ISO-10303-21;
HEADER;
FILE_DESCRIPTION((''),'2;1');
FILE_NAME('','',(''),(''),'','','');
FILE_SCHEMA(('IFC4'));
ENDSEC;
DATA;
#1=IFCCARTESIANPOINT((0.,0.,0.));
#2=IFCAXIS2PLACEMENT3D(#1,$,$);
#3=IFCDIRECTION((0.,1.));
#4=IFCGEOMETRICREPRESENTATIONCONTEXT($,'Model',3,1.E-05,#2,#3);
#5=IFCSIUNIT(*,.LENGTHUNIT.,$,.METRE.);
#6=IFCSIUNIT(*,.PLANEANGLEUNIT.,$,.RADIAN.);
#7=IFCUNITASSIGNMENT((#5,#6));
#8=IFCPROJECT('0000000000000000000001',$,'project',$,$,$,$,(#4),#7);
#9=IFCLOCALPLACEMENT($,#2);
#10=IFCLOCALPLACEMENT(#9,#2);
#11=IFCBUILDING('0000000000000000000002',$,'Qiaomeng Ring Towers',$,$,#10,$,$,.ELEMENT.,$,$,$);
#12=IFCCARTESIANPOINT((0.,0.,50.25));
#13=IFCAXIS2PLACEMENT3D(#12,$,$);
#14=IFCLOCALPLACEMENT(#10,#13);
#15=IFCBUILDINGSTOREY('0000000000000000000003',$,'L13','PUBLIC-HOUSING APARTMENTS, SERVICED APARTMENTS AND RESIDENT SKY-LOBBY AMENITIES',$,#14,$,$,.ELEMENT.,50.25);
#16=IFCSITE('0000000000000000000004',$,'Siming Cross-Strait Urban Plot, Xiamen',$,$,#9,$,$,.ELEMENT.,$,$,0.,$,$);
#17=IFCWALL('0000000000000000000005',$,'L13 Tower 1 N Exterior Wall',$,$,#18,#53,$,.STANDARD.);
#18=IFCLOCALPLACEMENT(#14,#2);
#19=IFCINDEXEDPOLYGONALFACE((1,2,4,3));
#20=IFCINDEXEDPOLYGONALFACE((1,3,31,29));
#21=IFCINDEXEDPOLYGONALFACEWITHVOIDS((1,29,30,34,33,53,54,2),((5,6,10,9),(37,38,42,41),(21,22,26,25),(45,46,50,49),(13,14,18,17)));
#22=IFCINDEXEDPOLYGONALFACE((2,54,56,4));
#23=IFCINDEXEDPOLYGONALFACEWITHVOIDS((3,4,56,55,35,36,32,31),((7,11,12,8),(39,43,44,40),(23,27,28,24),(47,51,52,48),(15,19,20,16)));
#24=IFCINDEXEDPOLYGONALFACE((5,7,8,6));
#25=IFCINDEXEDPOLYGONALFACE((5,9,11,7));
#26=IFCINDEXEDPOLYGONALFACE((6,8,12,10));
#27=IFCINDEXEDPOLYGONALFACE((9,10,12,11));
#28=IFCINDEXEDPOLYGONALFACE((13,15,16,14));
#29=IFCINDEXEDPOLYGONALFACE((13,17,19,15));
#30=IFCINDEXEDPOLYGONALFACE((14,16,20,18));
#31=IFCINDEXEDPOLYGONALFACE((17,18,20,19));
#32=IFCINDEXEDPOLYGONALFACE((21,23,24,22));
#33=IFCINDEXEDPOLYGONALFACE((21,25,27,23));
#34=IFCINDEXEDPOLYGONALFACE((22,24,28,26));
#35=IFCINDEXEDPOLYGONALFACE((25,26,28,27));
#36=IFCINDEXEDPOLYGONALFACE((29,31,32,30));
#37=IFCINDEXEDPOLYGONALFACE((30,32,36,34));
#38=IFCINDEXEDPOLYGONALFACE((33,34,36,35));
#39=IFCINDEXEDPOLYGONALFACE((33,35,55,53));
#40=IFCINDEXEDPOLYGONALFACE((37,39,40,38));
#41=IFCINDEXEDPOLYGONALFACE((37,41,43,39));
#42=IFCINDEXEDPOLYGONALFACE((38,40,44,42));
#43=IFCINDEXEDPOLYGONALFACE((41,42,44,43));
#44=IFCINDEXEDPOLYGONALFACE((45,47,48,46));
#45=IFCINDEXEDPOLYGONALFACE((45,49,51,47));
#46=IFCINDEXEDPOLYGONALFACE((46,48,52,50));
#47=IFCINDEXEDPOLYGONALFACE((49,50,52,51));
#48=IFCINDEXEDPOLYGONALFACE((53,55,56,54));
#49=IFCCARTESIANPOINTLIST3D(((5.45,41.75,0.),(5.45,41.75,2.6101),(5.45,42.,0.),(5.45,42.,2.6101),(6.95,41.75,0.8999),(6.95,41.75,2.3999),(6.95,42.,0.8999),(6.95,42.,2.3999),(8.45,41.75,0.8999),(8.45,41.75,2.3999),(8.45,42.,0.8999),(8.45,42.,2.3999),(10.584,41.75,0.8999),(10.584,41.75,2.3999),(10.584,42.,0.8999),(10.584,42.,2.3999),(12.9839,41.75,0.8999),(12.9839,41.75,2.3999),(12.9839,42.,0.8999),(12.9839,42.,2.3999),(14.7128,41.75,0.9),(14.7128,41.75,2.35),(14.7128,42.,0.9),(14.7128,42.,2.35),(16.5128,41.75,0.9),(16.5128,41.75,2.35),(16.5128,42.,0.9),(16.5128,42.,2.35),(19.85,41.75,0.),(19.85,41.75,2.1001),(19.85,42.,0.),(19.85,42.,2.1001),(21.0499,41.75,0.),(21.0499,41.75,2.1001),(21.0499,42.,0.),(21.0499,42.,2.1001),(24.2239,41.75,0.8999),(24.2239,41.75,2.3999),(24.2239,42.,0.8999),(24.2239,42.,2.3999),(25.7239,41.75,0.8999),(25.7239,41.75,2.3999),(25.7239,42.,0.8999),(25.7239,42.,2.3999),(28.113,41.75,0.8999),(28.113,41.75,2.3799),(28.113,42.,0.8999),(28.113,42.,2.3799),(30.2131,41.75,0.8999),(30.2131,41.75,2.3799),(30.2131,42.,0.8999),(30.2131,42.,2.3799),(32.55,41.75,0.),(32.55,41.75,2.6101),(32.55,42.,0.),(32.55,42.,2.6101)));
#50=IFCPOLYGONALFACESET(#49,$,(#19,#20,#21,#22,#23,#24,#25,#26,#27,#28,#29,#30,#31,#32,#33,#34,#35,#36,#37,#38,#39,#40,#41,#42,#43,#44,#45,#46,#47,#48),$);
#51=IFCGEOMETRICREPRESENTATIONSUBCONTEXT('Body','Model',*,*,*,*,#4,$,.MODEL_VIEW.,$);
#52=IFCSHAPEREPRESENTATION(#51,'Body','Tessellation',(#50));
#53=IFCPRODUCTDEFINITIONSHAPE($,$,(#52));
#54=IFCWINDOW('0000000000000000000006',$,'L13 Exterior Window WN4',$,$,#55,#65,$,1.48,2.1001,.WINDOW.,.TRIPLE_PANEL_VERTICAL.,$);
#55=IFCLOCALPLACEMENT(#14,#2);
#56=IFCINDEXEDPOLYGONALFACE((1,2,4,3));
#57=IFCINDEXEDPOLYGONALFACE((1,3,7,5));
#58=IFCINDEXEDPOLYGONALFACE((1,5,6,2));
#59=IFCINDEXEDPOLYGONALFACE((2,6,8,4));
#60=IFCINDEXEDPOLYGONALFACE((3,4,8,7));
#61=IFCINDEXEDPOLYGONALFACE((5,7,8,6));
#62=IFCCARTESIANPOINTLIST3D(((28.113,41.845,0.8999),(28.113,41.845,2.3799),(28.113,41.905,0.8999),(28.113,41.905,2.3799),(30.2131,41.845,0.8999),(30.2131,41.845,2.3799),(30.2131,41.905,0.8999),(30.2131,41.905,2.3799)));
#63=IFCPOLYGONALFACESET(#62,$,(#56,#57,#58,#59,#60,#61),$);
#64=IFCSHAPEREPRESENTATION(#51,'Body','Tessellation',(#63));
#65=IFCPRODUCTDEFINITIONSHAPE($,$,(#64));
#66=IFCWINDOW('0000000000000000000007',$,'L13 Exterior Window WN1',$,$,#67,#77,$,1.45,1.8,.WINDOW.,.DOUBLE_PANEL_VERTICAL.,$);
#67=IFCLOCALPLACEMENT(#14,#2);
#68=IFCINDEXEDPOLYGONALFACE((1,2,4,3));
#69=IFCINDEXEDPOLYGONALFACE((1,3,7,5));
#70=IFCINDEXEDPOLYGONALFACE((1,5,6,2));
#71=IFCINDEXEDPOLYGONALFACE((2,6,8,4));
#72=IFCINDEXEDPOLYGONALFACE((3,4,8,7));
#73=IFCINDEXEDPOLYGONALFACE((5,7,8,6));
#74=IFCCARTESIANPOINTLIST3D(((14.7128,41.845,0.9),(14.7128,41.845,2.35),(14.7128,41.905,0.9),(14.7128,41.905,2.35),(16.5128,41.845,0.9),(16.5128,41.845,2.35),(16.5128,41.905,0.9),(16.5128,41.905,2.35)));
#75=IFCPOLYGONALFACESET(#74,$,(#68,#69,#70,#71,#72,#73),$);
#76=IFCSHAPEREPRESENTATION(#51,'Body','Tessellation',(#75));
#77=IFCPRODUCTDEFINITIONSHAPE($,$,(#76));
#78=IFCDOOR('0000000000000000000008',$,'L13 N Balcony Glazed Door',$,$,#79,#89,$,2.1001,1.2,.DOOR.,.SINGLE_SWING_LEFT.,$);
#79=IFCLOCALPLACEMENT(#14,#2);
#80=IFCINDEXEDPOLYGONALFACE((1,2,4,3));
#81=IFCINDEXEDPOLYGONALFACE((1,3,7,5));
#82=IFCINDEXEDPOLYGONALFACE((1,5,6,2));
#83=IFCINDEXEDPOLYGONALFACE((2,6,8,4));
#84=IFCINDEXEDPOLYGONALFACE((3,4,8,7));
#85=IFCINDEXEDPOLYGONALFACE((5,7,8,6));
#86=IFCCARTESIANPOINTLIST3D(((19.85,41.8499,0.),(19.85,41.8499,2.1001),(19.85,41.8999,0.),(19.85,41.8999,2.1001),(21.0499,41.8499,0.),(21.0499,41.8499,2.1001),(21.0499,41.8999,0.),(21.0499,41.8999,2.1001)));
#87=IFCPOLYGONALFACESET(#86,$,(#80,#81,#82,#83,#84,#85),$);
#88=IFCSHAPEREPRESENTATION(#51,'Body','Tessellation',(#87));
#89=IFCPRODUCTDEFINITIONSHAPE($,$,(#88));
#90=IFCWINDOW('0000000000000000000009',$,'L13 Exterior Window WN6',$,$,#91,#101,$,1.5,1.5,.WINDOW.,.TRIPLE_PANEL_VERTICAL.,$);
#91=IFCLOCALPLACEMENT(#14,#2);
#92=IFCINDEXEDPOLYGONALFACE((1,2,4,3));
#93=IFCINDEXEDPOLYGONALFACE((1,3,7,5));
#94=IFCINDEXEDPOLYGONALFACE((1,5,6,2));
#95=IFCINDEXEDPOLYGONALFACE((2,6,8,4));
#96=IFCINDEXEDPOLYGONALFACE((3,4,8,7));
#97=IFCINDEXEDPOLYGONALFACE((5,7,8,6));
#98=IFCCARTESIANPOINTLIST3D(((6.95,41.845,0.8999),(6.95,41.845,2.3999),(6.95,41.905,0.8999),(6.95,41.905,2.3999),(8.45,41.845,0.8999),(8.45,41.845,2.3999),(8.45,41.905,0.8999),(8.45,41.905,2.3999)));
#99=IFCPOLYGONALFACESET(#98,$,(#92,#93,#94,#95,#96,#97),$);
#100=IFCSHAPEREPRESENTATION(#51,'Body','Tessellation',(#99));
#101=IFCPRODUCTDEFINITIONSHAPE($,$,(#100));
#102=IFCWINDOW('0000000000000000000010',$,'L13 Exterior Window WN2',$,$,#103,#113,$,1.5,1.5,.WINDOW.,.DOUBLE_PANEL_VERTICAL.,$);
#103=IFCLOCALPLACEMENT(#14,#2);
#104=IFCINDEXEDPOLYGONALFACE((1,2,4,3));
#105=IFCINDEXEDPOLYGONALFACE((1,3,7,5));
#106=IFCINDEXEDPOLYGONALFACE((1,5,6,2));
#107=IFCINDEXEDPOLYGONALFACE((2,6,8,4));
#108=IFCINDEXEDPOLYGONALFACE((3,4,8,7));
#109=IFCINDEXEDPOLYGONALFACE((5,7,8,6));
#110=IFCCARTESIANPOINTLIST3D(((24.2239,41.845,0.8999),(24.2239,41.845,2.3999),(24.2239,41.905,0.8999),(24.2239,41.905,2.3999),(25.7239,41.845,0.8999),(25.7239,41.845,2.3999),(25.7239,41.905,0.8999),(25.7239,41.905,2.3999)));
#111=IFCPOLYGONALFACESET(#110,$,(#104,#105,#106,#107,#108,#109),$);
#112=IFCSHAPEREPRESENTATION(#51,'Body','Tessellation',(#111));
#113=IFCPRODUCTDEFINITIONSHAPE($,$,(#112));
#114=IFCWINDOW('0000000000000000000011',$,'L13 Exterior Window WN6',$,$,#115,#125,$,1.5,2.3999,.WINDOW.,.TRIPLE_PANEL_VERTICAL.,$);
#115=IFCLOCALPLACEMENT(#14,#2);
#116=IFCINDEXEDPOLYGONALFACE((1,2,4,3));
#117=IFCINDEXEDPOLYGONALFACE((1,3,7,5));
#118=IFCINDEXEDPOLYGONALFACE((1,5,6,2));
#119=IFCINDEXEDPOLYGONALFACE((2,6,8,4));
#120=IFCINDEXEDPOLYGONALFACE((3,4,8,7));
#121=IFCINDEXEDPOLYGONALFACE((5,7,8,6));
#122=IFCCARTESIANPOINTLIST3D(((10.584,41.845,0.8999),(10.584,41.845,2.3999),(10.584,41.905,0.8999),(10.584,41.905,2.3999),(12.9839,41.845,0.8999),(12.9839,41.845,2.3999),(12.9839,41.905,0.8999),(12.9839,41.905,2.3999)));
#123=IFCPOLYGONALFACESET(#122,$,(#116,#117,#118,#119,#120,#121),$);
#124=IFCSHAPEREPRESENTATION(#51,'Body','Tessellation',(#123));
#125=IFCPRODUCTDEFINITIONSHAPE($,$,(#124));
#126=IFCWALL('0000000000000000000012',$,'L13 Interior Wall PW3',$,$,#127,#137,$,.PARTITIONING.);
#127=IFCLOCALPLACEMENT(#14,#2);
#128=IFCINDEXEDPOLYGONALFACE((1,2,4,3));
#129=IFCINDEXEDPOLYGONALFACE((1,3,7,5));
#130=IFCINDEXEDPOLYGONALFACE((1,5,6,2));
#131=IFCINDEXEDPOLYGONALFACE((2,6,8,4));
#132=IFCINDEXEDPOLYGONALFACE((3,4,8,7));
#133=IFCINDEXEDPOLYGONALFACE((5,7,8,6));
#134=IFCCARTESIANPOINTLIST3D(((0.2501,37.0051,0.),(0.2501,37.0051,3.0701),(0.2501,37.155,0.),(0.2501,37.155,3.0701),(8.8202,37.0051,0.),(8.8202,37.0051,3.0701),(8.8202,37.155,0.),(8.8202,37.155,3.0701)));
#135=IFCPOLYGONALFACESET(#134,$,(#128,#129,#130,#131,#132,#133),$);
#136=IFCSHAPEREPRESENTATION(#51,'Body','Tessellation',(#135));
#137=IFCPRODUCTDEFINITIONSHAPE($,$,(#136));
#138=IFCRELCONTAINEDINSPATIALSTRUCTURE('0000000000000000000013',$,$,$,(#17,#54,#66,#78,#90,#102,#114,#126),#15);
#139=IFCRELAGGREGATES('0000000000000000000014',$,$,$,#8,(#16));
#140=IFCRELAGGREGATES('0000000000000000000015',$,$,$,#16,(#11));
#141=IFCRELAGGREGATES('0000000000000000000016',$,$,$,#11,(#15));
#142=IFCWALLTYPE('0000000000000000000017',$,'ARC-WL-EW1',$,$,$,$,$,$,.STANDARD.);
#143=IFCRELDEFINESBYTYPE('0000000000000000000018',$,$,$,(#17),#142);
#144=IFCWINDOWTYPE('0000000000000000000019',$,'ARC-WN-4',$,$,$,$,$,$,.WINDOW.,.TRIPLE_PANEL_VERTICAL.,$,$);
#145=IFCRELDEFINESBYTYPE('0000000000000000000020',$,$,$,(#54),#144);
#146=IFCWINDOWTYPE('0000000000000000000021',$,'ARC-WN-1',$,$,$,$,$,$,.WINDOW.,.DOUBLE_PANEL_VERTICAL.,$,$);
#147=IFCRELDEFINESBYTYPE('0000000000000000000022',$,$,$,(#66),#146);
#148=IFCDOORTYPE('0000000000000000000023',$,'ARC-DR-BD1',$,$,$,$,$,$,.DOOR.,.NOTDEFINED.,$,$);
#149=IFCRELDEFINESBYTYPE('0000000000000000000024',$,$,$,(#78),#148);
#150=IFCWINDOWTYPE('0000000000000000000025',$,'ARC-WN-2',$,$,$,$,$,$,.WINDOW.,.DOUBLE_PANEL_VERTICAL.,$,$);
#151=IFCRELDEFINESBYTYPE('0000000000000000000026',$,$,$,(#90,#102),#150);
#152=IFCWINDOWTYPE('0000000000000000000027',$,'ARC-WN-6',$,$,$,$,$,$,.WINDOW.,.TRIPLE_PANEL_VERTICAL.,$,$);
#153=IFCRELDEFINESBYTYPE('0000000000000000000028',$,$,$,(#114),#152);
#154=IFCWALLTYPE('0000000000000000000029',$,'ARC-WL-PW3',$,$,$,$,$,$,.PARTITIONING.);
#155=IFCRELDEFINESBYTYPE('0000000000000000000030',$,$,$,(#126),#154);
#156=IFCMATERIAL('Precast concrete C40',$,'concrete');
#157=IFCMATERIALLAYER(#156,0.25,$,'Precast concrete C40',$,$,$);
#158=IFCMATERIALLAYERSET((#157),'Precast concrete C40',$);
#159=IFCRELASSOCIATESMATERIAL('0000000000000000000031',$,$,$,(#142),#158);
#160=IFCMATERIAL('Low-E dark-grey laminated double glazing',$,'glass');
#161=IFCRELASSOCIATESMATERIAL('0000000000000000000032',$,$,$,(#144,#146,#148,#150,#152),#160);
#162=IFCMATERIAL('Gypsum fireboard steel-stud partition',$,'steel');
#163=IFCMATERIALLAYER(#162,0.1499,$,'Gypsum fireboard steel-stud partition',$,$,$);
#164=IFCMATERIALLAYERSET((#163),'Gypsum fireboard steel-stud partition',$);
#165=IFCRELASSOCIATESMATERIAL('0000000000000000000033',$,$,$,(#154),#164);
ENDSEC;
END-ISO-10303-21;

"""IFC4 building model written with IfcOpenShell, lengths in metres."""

from ifc_helpers import new_model, si_unit, direction, frame, frame_2d, origin, place, context, subcontext, project, spatial, rectangle, extrude, source, transform, mapped, material, layer, layer_set, type_object, element, fill, save


model = new_model("IFC4")

# Units and contexts
model_context = context("Model", 3, precision=1e-05, world=origin(), true_north=direction((0.0, 1.0)))
body_context = subcontext(model_context, "Body", "Model", "MODEL_VIEW")
ifc_project = project(units=[si_unit("LENGTHUNIT", "METRE"), si_unit("PLANEANGLEUNIT", "RADIAN")], contexts=[model_context])

# Site, building, storey
site_placement = place(None, origin())
site = spatial("IfcSite", under=ifc_project, at=site_placement, Name="Siming Cross-Strait Urban Plot, Xiamen", CompositionType="ELEMENT", RefElevation=0.0)
building_placement = place(site_placement, origin())
building = spatial("IfcBuilding", under=site, at=building_placement, Name="Qiaomeng Ring Towers", CompositionType="ELEMENT")
storey_placement = place(building_placement, frame((0.0, 0.0, 50.25)))
storey = spatial("IfcBuildingStorey", under=building, at=storey_placement, Name="L13", Description="PUBLIC-HOUSING APARTMENTS, SERVICED APARTMENTS AND RESIDENT SKY-LOBBY AMENITIES", CompositionType="ELEMENT", Elevation=50.25)

# Shared definitions
ifc_material_1 = material(Name="Low-E dark-grey laminated double glazing", Category="glass")

# Wall, openings, windows, door
ifc_material_2 = material(Name="Precast concrete C40", Category="concrete")
ifc_layer_1 = layer(ifc_material_2, 0.25, Name="Precast concrete C40")
ifc_layer_set_1 = layer_set([ifc_layer_1], Name="Precast concrete C40")
wall_type_1 = type_object("IfcWallType", Name="ARC-WL-EW1", PredefinedType="STANDARD", material=ifc_layer_set_1)
wall_1_placement = place(storey_placement, frame((5.45, 41.875, 0.0), z_axis=(0.0, 0.0, 1.0), x_axis=(1.0, 0.0, 0.0)))
wall_1 = element("IfcWall", 1, at=wall_1_placement, inside=storey, type_object=wall_type_1, Name="L13 Tower 1 N Exterior Wall", PredefinedType="STANDARD", context=body_context, shape_type="SweptSolid", body=[
    extrude(rectangle(XDim=27.1001, YDim=0.25, at=frame_2d((13.55, 0.0))), origin(), (0.0, 0.0, 1.0), 2.6101),
])
opening_1_placement = place(wall_1_placement, frame((14.3999, 0.0, 0.0)))
opening_1 = element("IfcOpeningElement", 2, at=opening_1_placement, cuts=wall_1, PredefinedType="OPENING", context=body_context, shape_type="SweptSolid", body=[
    extrude(rectangle(XDim=1.2, YDim=2.1001, at=frame_2d((0.6001, 1.05))), frame((0.0, 0.135, 0.0), z_axis=(0.0, -1.0, 0.0), x_axis=(1.0, 0.0, 0.0)), (0.0, 0.0, 1.0), 0.27),
])
opening_2_placement = place(wall_1_placement, frame((1.5, 0.0, 0.8999)))
opening_2 = element("IfcOpeningElement", 3, at=opening_2_placement, cuts=wall_1, PredefinedType="OPENING", context=body_context, shape_type="SweptSolid", body=[
    extrude(rectangle(XDim=1.5, YDim=1.5, at=frame_2d((0.75, 0.75))), frame((0.0, 0.135, 0.0), z_axis=(0.0, -1.0, 0.0), x_axis=(1.0, 0.0, 0.0)), (0.0, 0.0, 1.0), 0.27),
])
opening_3_placement = place(wall_1_placement, frame((9.2629, 0.0, 0.8999)))
opening_3 = element("IfcOpeningElement", 4, at=opening_3_placement, cuts=wall_1, PredefinedType="OPENING", context=body_context, shape_type="SweptSolid", body=[
    extrude(rectangle(XDim=1.8, YDim=1.45, at=frame_2d((0.8999, 0.7251))), frame((0.0, 0.135, 0.0), z_axis=(0.0, -1.0, 0.0), x_axis=(1.0, 0.0, 0.0)), (0.0, 0.0, 1.0), 0.27),
])
opening_4_placement = place(wall_1_placement, frame((18.7739, 0.0, 0.8999)))
opening_4 = element("IfcOpeningElement", 5, at=opening_4_placement, cuts=wall_1, PredefinedType="OPENING", context=body_context, shape_type="SweptSolid", body=[
    extrude(rectangle(XDim=1.5, YDim=1.5, at=frame_2d((0.75, 0.75))), frame((0.0, 0.135, 0.0), z_axis=(0.0, -1.0, 0.0), x_axis=(1.0, 0.0, 0.0)), (0.0, 0.0, 1.0), 0.27),
])
opening_5_placement = place(wall_1_placement, frame((22.6631, 0.0, 0.8999)))
opening_5 = element("IfcOpeningElement", 6, at=opening_5_placement, cuts=wall_1, PredefinedType="OPENING", context=body_context, shape_type="SweptSolid", body=[
    extrude(rectangle(XDim=2.1001, YDim=1.48, at=frame_2d((1.05, 0.74))), frame((0.0, 0.135, 0.0), z_axis=(0.0, -1.0, 0.0), x_axis=(1.0, 0.0, 0.0)), (0.0, 0.0, 1.0), 0.27),
])
opening_6_placement = place(wall_1_placement, frame((5.134, 0.0, 0.8999)))
opening_6 = element("IfcOpeningElement", 7, at=opening_6_placement, cuts=wall_1, PredefinedType="OPENING", context=body_context, shape_type="SweptSolid", body=[
    extrude(rectangle(XDim=2.3999, YDim=1.5, at=frame_2d((1.2, 0.75))), frame((0.0, 0.135, 0.0), z_axis=(0.0, -1.0, 0.0), x_axis=(1.0, 0.0, 0.0)), (0.0, 0.0, 1.0), 0.27),
])
window_type_1 = type_object("IfcWindowType", Name="ARC-WN-4", PartitioningType="TRIPLE_PANEL_VERTICAL", PredefinedType="WINDOW", material=ifc_material_1)
shared_shape_1 = source(origin(), body_context, "Body", "SweptSolid", [
    extrude(rectangle(XDim=2.1001, YDim=1.48, at=frame_2d((1.05, 0.74))), frame((0.0, 0.03, 0.0), z_axis=(0.0, -1.0, 0.0), x_axis=(1.0, 0.0, 0.0)), (0.0, 0.0, 1.0), 0.0601),
])
window_1_placement = place(opening_5_placement, origin())
window_1 = element("IfcWindow", 8, at=window_1_placement, inside=storey, type_object=window_type_1, Name="L13 Exterior Window WN4", OverallHeight=1.48, OverallWidth=2.1001, PartitioningType="TRIPLE_PANEL_VERTICAL", PredefinedType="WINDOW", context=body_context, shape_type="MappedRepresentation", body=[
    mapped(shared_shape_1, transform((0.0, 0.0, 0.0), x_axis=(1.0, 0.0, 0.0), y_axis=(0.0, 1.0, 0.0), z_axis=(0.0, 0.0, 1.0), scale=1.0)),
])
fill(opening_5, window_1)
window_type_2 = type_object("IfcWindowType", Name="ARC-WN-1", PartitioningType="DOUBLE_PANEL_VERTICAL", PredefinedType="WINDOW", material=ifc_material_1)
shared_shape_2 = source(origin(), body_context, "Body", "SweptSolid", [
    extrude(rectangle(XDim=1.8, YDim=1.45, at=frame_2d((0.8999, 0.7251))), frame((0.0, 0.03, 0.0), z_axis=(0.0, -1.0, 0.0), x_axis=(1.0, 0.0, 0.0)), (0.0, 0.0, 1.0), 0.0601),
])
window_2_placement = place(opening_3_placement, origin())
window_2 = element("IfcWindow", 9, at=window_2_placement, inside=storey, type_object=window_type_2, Name="L13 Exterior Window WN1", OverallHeight=1.45, OverallWidth=1.8, PartitioningType="DOUBLE_PANEL_VERTICAL", PredefinedType="WINDOW", context=body_context, shape_type="MappedRepresentation", body=[
    mapped(shared_shape_2, transform((0.0, 0.0, 0.0), x_axis=(1.0, 0.0, 0.0), y_axis=(0.0, 1.0, 0.0), z_axis=(0.0, 0.0, 1.0), scale=1.0)),
])
fill(opening_3, window_2)
door_type_1 = type_object("IfcDoorType", Name="ARC-DR-BD1", OperationType="NOTDEFINED", PredefinedType="DOOR", material=ifc_material_1)
shared_shape_3 = source(origin(), body_context, "Body", "SweptSolid", [
    extrude(rectangle(XDim=1.2, YDim=2.1001, at=frame_2d((0.6001, 1.05))), frame((0.0, 0.0249, 0.0), z_axis=(0.0, -1.0, 0.0), x_axis=(1.0, 0.0, 0.0)), (0.0, 0.0, 1.0), 0.05),
])
door_1_placement = place(opening_1_placement, origin())
door_1 = element("IfcDoor", 10, at=door_1_placement, inside=storey, type_object=door_type_1, Name="L13 N Balcony Glazed Door", OperationType="SINGLE_SWING_LEFT", OverallHeight=2.1001, OverallWidth=1.2, PredefinedType="DOOR", context=body_context, shape_type="MappedRepresentation", body=[
    mapped(shared_shape_3, transform((0.0, 0.0, 0.0), x_axis=(1.0, 0.0, 0.0), y_axis=(0.0, 1.0, 0.0), z_axis=(0.0, 0.0, 1.0), scale=1.0)),
])
fill(opening_1, door_1)
window_type_3 = type_object("IfcWindowType", Name="ARC-WN-2", PartitioningType="DOUBLE_PANEL_VERTICAL", PredefinedType="WINDOW", material=ifc_material_1)
shared_shape_4 = source(origin(), body_context, "Body", "SweptSolid", [
    extrude(rectangle(XDim=1.5, YDim=1.5, at=frame_2d((0.75, 0.75))), frame((0.0, 0.03, 0.0), z_axis=(0.0, -1.0, 0.0), x_axis=(1.0, 0.0, 0.0)), (0.0, 0.0, 1.0), 0.0601),
])
window_3_placement = place(opening_2_placement, origin())
window_3 = element("IfcWindow", 11, at=window_3_placement, inside=storey, type_object=window_type_3, Name="L13 Exterior Window WN6", OverallHeight=1.5, OverallWidth=1.5, PartitioningType="TRIPLE_PANEL_VERTICAL", PredefinedType="WINDOW", context=body_context, shape_type="MappedRepresentation", body=[
    mapped(shared_shape_4, transform((0.0, 0.0, 0.0), x_axis=(1.0, 0.0, 0.0), y_axis=(0.0, 1.0, 0.0), z_axis=(0.0, 0.0, 1.0), scale=1.0)),
])
fill(opening_2, window_3)
window_4_placement = place(opening_4_placement, origin())
window_4 = element("IfcWindow", 12, at=window_4_placement, inside=storey, type_object=window_type_3, Name="L13 Exterior Window WN2", OverallHeight=1.5, OverallWidth=1.5, PartitioningType="DOUBLE_PANEL_VERTICAL", PredefinedType="WINDOW", context=body_context, shape_type="MappedRepresentation", body=[
    mapped(shared_shape_4, transform((0.0, 0.0, 0.0), x_axis=(1.0, 0.0, 0.0), y_axis=(0.0, 1.0, 0.0), z_axis=(0.0, 0.0, 1.0), scale=1.0)),
])
fill(opening_4, window_4)
window_type_4 = type_object("IfcWindowType", Name="ARC-WN-6", PartitioningType="TRIPLE_PANEL_VERTICAL", PredefinedType="WINDOW", material=ifc_material_1)
shared_shape_5 = source(origin(), body_context, "Body", "SweptSolid", [
    extrude(rectangle(XDim=2.3999, YDim=1.5, at=frame_2d((1.2, 0.75))), frame((0.0, 0.03, 0.0), z_axis=(0.0, -1.0, 0.0), x_axis=(1.0, 0.0, 0.0)), (0.0, 0.0, 1.0), 0.0601),
])
window_5_placement = place(opening_6_placement, origin())
window_5 = element("IfcWindow", 13, at=window_5_placement, inside=storey, type_object=window_type_4, Name="L13 Exterior Window WN6", OverallHeight=1.5, OverallWidth=2.3999, PartitioningType="TRIPLE_PANEL_VERTICAL", PredefinedType="WINDOW", context=body_context, shape_type="MappedRepresentation", body=[
    mapped(shared_shape_5, transform((0.0, 0.0, 0.0), x_axis=(1.0, 0.0, 0.0), y_axis=(0.0, 1.0, 0.0), z_axis=(0.0, 0.0, 1.0), scale=1.0)),
])
fill(opening_6, window_5)

# Wall
ifc_material_3 = material(Name="Gypsum fireboard steel-stud partition", Category="steel")
ifc_layer_2 = layer(ifc_material_3, 0.1499, Name="Gypsum fireboard steel-stud partition")
ifc_layer_set_2 = layer_set([ifc_layer_2], Name="Gypsum fireboard steel-stud partition")
wall_type_2 = type_object("IfcWallType", Name="ARC-WL-PW3", PredefinedType="PARTITIONING", material=ifc_layer_set_2)
wall_2_placement = place(storey_placement, frame((0.25, 37.0801, 0.0), z_axis=(0.0, 0.0, 1.0), x_axis=(1.0, 0.0, 0.0)))
element("IfcWall", 14, at=wall_2_placement, inside=storey, type_object=wall_type_2, Name="L13 Interior Wall PW3", PredefinedType="PARTITIONING", context=body_context, shape_type="SweptSolid", body=[
    extrude(rectangle(XDim=8.5701, YDim=0.1499, at=frame_2d((4.2852, 0.0))), origin(), (0.0, 0.0, 1.0), 3.0701),
])

save(model, "model.ifc")
